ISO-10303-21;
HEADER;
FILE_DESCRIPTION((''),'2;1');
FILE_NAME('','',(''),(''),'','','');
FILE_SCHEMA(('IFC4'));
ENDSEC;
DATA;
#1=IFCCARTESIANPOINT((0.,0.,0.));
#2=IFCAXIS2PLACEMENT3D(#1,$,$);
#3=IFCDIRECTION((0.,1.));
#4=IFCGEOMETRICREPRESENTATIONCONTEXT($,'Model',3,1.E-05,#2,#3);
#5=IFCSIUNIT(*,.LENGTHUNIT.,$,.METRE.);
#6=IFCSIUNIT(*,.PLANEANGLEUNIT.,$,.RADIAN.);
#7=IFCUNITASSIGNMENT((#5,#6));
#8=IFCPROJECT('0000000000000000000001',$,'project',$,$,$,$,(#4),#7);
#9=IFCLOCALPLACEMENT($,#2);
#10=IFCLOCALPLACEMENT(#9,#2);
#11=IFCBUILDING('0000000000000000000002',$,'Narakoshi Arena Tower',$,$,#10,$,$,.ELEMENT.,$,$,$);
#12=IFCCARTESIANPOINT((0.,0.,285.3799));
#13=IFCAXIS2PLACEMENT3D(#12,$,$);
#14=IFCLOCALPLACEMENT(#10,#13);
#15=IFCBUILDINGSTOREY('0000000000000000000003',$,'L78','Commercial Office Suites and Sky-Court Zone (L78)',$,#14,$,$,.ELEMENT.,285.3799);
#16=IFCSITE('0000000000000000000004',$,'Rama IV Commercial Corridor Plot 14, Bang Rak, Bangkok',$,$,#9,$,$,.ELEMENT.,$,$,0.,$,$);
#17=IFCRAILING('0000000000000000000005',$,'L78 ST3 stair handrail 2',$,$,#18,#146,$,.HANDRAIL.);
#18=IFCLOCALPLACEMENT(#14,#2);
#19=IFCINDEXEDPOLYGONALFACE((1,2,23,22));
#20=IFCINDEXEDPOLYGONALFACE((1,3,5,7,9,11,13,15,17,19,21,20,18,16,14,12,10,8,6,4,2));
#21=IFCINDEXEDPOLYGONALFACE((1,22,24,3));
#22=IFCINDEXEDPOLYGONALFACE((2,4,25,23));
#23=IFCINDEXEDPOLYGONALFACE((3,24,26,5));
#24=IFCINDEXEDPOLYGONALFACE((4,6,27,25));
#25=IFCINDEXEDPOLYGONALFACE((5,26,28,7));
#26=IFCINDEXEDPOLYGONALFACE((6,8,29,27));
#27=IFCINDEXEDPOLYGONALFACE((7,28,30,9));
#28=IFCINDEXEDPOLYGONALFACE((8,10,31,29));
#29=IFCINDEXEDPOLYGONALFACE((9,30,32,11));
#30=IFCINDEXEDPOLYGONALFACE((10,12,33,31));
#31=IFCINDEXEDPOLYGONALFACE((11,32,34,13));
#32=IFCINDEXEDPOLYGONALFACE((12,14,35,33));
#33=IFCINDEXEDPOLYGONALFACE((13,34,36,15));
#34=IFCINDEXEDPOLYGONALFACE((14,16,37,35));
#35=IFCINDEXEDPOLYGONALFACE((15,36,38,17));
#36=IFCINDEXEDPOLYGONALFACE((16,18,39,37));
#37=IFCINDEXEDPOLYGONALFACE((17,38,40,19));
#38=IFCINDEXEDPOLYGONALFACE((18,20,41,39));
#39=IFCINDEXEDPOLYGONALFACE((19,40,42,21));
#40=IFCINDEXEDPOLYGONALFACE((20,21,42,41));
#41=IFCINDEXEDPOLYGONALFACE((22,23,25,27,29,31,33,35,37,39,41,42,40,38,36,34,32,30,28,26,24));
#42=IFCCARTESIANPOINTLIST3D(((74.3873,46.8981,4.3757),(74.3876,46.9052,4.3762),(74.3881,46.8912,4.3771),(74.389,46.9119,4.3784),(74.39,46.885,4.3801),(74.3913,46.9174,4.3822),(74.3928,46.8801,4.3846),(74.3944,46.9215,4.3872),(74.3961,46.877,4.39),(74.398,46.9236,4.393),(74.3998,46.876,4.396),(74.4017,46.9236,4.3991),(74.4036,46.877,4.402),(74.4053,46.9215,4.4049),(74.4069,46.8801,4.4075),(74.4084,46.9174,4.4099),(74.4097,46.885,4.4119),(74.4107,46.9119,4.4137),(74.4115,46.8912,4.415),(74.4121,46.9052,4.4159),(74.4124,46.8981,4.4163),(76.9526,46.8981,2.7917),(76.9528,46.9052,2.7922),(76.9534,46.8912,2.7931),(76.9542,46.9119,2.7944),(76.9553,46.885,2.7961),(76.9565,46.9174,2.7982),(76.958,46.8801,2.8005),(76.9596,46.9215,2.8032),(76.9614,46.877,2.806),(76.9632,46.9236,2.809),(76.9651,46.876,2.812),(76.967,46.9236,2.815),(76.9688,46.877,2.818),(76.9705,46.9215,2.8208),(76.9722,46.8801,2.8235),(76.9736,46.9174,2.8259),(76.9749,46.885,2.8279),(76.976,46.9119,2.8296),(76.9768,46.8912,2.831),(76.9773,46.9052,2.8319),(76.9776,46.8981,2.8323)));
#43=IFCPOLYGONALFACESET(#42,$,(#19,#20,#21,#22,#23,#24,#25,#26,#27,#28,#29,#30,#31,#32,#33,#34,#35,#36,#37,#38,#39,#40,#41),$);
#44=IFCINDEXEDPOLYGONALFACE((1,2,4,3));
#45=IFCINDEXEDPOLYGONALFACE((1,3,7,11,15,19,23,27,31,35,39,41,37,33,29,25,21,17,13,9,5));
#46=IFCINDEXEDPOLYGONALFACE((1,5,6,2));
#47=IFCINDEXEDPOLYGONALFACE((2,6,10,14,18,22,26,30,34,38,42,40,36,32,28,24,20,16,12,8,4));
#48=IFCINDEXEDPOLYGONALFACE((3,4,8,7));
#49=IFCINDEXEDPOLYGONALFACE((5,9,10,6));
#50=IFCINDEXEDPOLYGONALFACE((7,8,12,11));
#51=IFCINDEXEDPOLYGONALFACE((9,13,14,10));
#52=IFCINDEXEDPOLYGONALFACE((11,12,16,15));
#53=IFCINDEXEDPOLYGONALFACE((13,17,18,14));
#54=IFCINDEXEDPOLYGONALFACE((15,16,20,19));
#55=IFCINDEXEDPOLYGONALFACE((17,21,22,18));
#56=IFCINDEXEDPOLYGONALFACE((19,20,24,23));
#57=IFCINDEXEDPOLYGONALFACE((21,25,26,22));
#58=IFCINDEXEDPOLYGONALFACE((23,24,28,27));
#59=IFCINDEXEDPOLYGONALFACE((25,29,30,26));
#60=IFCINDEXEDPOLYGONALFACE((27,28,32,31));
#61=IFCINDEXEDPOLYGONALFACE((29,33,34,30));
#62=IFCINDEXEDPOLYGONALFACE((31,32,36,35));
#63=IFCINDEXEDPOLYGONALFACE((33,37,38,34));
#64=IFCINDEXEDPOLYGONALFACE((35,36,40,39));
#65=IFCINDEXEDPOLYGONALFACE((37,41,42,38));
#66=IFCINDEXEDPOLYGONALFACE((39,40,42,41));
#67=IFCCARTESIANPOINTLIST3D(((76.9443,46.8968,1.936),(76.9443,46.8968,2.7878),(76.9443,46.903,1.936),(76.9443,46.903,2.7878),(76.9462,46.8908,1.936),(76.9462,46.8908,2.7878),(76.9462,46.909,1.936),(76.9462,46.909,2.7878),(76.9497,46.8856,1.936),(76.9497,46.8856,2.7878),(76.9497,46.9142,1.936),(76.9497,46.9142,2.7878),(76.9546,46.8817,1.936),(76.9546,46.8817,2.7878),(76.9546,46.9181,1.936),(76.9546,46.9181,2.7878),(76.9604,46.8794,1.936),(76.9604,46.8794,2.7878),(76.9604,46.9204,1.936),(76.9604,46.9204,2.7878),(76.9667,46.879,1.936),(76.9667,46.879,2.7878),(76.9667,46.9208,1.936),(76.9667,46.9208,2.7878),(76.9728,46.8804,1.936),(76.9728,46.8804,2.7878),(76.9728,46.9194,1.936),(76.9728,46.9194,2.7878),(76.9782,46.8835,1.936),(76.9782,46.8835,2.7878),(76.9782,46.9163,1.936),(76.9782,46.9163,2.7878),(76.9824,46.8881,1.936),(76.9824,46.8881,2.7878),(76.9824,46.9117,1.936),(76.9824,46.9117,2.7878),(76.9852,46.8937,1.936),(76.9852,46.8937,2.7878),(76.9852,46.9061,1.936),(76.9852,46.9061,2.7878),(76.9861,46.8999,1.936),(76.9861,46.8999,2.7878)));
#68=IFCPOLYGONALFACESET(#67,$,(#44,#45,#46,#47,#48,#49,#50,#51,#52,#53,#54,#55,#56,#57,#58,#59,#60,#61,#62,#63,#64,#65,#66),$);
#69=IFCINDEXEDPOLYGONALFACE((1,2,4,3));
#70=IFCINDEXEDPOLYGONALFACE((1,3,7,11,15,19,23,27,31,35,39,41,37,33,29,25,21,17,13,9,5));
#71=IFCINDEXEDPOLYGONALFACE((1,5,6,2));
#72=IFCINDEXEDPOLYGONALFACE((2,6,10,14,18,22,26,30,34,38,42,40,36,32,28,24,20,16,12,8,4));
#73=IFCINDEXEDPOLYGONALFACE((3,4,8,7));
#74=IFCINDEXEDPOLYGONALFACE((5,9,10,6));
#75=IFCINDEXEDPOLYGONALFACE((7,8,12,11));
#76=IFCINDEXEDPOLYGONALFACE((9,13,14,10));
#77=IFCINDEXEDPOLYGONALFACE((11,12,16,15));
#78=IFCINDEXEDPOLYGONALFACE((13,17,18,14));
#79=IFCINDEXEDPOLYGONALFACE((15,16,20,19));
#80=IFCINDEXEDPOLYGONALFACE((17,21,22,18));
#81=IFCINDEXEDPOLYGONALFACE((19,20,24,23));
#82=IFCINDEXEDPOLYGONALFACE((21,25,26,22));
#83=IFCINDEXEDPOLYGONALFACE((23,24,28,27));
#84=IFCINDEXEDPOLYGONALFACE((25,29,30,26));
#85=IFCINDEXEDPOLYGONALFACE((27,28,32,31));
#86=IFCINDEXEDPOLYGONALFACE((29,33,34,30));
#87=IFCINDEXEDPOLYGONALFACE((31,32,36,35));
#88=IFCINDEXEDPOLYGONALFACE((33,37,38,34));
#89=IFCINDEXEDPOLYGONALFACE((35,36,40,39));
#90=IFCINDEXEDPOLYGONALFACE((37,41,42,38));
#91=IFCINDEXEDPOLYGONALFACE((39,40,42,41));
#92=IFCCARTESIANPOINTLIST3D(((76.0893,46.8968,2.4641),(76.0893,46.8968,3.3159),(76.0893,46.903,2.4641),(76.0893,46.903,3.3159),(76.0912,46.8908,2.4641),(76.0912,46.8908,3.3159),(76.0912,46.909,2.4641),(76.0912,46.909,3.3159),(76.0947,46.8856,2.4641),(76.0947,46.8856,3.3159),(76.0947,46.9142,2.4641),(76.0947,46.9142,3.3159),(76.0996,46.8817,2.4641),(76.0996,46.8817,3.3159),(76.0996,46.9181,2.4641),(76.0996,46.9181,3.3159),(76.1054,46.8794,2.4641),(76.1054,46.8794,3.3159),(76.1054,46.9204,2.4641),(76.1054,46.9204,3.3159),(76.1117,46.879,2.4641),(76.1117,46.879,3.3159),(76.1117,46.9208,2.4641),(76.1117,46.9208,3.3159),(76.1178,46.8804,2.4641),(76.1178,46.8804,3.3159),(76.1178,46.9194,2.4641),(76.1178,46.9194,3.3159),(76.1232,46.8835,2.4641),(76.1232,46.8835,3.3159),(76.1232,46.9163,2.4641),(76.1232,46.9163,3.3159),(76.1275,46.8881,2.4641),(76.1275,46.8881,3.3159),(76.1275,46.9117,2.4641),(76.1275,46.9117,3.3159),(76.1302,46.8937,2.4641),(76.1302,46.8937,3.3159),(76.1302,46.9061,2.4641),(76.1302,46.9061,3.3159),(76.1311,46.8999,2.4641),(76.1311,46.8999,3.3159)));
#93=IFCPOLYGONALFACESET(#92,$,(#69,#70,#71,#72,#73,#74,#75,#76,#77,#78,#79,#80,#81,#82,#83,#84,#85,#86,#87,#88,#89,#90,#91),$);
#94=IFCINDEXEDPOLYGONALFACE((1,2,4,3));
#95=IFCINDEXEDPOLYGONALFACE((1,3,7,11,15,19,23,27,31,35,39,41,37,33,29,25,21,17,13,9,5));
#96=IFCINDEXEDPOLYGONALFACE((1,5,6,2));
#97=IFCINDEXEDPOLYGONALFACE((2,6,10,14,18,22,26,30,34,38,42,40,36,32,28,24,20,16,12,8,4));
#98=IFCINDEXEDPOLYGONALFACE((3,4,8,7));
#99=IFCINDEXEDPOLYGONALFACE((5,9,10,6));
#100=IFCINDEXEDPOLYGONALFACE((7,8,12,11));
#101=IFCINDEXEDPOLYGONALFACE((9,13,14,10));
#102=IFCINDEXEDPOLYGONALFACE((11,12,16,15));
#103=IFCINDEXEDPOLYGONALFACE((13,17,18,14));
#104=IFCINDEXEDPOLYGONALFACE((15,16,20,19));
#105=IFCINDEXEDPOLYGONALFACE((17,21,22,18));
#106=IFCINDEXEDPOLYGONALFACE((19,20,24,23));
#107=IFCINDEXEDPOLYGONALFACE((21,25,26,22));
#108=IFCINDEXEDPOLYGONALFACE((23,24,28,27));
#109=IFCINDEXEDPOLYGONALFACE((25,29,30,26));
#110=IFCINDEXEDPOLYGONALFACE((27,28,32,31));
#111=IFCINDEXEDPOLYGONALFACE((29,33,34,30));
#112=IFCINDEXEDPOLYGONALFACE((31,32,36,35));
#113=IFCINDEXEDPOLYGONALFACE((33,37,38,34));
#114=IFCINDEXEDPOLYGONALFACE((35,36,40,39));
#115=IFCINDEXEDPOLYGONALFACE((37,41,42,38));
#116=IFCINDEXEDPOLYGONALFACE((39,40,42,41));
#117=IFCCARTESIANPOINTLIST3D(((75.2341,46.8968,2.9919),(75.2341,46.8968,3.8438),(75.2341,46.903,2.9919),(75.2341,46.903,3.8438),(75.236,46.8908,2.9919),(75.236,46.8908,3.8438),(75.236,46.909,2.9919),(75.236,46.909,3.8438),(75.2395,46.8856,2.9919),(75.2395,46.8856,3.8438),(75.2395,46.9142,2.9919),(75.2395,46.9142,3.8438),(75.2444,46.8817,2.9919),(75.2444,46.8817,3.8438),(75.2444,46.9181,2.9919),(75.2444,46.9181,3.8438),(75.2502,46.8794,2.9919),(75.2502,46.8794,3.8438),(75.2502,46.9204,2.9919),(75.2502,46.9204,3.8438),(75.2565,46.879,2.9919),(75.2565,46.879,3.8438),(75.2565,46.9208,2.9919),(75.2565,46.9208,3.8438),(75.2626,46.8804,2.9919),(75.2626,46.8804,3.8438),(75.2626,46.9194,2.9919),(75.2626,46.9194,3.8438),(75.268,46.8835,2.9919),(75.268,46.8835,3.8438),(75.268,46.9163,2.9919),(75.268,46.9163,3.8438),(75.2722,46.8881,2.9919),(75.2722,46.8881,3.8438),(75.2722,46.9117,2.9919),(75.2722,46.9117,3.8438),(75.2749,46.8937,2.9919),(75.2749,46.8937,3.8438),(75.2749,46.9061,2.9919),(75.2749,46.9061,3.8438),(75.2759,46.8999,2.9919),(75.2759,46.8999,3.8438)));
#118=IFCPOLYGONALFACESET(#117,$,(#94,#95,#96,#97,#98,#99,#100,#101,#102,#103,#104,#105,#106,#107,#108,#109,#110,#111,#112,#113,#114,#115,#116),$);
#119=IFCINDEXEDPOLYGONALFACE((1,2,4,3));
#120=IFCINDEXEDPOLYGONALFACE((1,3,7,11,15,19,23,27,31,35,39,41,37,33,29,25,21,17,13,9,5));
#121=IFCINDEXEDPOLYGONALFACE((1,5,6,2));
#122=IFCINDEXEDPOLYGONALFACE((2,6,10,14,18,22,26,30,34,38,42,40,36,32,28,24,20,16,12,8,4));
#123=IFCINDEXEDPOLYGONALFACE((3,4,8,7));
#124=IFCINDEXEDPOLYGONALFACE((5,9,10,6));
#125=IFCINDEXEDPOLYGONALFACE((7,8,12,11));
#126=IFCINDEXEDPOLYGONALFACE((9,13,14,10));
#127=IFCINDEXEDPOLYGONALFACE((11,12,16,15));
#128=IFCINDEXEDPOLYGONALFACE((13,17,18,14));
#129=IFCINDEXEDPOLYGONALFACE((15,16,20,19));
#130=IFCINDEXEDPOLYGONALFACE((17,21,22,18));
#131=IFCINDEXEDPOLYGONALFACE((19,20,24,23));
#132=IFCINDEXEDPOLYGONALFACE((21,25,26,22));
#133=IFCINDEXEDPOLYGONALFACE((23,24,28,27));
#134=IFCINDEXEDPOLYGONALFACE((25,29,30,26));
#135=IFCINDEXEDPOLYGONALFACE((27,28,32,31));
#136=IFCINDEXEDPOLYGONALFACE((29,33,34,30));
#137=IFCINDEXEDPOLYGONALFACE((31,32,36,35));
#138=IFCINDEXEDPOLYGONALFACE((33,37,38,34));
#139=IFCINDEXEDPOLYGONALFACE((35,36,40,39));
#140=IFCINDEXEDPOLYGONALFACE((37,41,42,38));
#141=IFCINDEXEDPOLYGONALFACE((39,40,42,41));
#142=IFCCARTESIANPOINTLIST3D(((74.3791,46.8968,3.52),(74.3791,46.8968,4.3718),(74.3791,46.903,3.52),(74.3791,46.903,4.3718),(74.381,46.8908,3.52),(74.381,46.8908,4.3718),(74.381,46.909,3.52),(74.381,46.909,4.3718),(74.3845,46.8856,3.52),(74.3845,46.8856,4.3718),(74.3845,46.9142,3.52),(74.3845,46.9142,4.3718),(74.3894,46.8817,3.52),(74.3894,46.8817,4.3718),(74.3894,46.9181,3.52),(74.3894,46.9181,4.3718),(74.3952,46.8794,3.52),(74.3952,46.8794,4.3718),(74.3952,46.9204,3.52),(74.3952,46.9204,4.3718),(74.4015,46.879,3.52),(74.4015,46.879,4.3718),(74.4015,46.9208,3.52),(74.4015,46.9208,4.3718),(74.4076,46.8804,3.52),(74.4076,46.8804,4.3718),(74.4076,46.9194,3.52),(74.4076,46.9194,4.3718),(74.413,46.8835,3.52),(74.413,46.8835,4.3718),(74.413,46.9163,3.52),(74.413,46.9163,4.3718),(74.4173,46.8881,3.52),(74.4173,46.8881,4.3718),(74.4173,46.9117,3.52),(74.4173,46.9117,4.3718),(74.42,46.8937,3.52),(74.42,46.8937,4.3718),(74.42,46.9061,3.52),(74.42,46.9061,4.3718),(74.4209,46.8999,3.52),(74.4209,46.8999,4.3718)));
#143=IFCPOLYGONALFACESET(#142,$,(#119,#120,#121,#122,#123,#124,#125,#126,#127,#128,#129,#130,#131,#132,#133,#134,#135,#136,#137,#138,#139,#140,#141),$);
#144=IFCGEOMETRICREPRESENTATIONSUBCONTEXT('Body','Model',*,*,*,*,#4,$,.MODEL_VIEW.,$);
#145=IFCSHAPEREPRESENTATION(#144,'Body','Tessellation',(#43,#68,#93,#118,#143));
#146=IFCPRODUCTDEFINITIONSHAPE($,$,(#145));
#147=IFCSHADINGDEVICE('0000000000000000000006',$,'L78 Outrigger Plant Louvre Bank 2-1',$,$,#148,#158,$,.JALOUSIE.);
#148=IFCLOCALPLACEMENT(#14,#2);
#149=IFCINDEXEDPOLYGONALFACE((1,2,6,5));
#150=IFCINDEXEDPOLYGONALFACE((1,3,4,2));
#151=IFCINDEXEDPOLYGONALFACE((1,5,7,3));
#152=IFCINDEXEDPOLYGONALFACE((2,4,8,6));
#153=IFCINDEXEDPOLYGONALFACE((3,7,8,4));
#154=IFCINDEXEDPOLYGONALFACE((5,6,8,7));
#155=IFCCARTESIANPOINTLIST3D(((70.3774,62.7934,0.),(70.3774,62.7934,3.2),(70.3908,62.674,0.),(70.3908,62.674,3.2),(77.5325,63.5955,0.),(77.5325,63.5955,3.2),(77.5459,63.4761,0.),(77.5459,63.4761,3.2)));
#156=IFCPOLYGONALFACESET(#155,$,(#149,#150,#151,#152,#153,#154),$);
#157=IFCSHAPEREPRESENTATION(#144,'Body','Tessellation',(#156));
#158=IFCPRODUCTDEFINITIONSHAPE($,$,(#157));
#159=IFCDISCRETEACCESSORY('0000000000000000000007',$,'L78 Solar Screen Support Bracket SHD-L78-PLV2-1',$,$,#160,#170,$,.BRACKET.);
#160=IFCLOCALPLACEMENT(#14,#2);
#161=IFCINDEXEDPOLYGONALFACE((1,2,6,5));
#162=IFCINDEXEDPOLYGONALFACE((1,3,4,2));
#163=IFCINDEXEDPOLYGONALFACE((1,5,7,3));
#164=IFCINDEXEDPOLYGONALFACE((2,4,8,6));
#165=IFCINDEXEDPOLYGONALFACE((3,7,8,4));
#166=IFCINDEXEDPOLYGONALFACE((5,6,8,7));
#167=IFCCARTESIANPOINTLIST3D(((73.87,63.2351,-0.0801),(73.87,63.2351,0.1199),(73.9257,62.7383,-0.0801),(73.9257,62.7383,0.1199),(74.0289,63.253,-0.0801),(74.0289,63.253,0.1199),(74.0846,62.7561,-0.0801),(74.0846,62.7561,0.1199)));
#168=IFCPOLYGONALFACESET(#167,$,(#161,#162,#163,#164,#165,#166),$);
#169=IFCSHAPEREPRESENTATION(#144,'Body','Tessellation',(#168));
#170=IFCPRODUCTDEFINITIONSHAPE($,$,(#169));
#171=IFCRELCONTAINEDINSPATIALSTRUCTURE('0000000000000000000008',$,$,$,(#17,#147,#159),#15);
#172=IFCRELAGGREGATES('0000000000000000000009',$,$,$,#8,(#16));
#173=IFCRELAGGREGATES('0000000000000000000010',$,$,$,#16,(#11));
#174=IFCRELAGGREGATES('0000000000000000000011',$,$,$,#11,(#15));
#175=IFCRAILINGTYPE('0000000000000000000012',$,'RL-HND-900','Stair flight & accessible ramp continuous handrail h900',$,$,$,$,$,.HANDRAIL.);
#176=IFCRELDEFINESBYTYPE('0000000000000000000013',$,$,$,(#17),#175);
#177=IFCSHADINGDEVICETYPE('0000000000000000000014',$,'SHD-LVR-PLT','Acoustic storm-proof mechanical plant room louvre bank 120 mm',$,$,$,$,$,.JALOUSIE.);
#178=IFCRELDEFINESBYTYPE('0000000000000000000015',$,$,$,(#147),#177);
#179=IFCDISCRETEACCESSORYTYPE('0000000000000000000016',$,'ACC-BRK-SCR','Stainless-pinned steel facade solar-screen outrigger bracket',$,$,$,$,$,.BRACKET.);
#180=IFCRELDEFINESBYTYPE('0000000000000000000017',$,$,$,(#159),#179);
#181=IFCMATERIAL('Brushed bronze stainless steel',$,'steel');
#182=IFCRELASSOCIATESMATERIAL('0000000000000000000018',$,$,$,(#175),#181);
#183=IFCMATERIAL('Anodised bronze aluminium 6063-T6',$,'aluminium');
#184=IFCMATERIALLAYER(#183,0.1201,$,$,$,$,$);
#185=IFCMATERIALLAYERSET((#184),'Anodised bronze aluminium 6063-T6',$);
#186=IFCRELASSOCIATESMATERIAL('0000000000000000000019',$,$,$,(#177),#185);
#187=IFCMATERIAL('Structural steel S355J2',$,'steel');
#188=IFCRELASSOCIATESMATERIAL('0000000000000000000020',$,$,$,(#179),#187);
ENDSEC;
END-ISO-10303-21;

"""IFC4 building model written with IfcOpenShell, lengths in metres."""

from ifc_helpers import new_model, si_unit, direction, frame, origin, origin_2d, place, context, subcontext, project, spatial, rectangle, circle, extrude, material, layer, layer_set, type_object, element, save


model = new_model("IFC4")

# Units and contexts
model_context = context("Model", 3, precision=1e-05, world=origin(), true_north=direction((0.0, 1.0)))
body_context = subcontext(model_context, "Body", "Model", "MODEL_VIEW")
ifc_project = project(units=[si_unit("LENGTHUNIT", "METRE"), si_unit("PLANEANGLEUNIT", "RADIAN")], contexts=[model_context])

# Site, building, storey
site_placement = place(None, origin())
site = spatial("IfcSite", under=ifc_project, at=site_placement, Name="Rama IV Commercial Corridor Plot 14, Bang Rak, Bangkok", CompositionType="ELEMENT", RefElevation=0.0)
building_placement = place(site_placement, origin())
building = spatial("IfcBuilding", under=site, at=building_placement, Name="Narakoshi Arena Tower", CompositionType="ELEMENT")
storey_placement = place(building_placement, frame((0.0, 0.0, 285.3799)))
storey = spatial("IfcBuildingStorey", under=building, at=storey_placement, Name="L78", Description="Commercial Office Suites and Sky-Court Zone (L78)", CompositionType="ELEMENT", Elevation=285.3799)

# Shared definitions
ifc_material_1 = material(Name="Structural steel S355J2", Category="steel")

# Shared definitions
ifc_material_2 = material(Name="Anodised bronze aluminium 6063-T6", Category="aluminium")

# Shared definitions
ifc_material_3 = material(Name="Brushed bronze stainless steel", Category="steel")

# Railing
railing_type_1 = type_object("IfcRailingType", Name="RL-HND-900", Description="Stair flight & accessible ramp continuous handrail h900", PredefinedType="HANDRAIL", material=ifc_material_3)
railing_1_placement = place(storey_placement, frame((76.9651, 46.8999, 1.936)))
element("IfcRailing", 1, at=railing_1_placement, inside=storey, type_object=railing_type_1, Name="L78 ST3 stair handrail 2", PredefinedType="HANDRAIL", context=body_context, shape_type="SweptSolid", body=[
    extrude(circle(Radius=0.0239, at=origin_2d()), frame((0.0, 0.0, 0.876), z_axis=(-0.850857, 0.0, 0.525398), x_axis=(0.0, -1.0, 0.0)), (0.0, 0.0, 1.0), 3.0149),
    extrude(circle(Radius=0.021, at=origin_2d()), origin(), (0.0, 0.0, 1.0), 0.8518),
    extrude(circle(Radius=0.021, at=origin_2d()), frame((-0.855, 0.0, 0.5281)), (0.0, 0.0, 1.0), 0.8518),
    extrude(circle(Radius=0.021, at=origin_2d()), frame((-1.7102, 0.0, 1.0559)), (0.0, 0.0, 1.0), 0.8518),
    extrude(circle(Radius=0.021, at=origin_2d()), frame((-2.5652, 0.0, 1.584)), (0.0, 0.0, 1.0), 0.8518),
])

# Shading device
ifc_layer_1 = layer(ifc_material_2, 0.1201)
ifc_layer_set_1 = layer_set([ifc_layer_1], Name="Anodised bronze aluminium 6063-T6")
shading_device_type = type_object("IfcShadingDeviceType", Name="SHD-LVR-PLT", Description="Acoustic storm-proof mechanical plant room louvre bank 120 mm", PredefinedType="JALOUSIE", material=ifc_layer_set_1)
shading_device_placement = place(storey_placement, frame((73.9617, 63.1348, 0.0), z_axis=(0.0, 0.0, 1.0), x_axis=(-0.993776, -0.1114, 0.0)))
element("IfcShadingDevice", 2, at=shading_device_placement, inside=storey, type_object=shading_device_type, Name="L78 Outrigger Plant Louvre Bank 2-1", PredefinedType="JALOUSIE", context=body_context, shape_type="SweptSolid", body=[
    extrude(rectangle(XDim=7.2, YDim=0.1201, at=origin_2d()), origin(), (0.0, 0.0, 1.0), 3.2),
])

# Discrete accessory
discrete_accessory_type = type_object("IfcDiscreteAccessoryType", Name="ACC-BRK-SCR", Description="Stainless-pinned steel facade solar-screen outrigger bracket", PredefinedType="BRACKET", material=ifc_material_1)
discrete_accessory_placement = place(storey_placement, frame((73.9773, 62.9956, -0.0801), z_axis=(0.0, 0.0, 1.0), x_axis=(-0.993776, -0.1114, 0.0)))
element("IfcDiscreteAccessory", 3, at=discrete_accessory_placement, inside=storey, type_object=discrete_accessory_type, Name="L78 Solar Screen Support Bracket SHD-L78-PLV2-1", PredefinedType="BRACKET", context=body_context, shape_type="SweptSolid", body=[
    extrude(rectangle(XDim=0.1599, YDim=0.5, at=origin_2d()), origin(), (0.0, 0.0, 1.0), 0.2),
])

save(model, "model.ifc")
